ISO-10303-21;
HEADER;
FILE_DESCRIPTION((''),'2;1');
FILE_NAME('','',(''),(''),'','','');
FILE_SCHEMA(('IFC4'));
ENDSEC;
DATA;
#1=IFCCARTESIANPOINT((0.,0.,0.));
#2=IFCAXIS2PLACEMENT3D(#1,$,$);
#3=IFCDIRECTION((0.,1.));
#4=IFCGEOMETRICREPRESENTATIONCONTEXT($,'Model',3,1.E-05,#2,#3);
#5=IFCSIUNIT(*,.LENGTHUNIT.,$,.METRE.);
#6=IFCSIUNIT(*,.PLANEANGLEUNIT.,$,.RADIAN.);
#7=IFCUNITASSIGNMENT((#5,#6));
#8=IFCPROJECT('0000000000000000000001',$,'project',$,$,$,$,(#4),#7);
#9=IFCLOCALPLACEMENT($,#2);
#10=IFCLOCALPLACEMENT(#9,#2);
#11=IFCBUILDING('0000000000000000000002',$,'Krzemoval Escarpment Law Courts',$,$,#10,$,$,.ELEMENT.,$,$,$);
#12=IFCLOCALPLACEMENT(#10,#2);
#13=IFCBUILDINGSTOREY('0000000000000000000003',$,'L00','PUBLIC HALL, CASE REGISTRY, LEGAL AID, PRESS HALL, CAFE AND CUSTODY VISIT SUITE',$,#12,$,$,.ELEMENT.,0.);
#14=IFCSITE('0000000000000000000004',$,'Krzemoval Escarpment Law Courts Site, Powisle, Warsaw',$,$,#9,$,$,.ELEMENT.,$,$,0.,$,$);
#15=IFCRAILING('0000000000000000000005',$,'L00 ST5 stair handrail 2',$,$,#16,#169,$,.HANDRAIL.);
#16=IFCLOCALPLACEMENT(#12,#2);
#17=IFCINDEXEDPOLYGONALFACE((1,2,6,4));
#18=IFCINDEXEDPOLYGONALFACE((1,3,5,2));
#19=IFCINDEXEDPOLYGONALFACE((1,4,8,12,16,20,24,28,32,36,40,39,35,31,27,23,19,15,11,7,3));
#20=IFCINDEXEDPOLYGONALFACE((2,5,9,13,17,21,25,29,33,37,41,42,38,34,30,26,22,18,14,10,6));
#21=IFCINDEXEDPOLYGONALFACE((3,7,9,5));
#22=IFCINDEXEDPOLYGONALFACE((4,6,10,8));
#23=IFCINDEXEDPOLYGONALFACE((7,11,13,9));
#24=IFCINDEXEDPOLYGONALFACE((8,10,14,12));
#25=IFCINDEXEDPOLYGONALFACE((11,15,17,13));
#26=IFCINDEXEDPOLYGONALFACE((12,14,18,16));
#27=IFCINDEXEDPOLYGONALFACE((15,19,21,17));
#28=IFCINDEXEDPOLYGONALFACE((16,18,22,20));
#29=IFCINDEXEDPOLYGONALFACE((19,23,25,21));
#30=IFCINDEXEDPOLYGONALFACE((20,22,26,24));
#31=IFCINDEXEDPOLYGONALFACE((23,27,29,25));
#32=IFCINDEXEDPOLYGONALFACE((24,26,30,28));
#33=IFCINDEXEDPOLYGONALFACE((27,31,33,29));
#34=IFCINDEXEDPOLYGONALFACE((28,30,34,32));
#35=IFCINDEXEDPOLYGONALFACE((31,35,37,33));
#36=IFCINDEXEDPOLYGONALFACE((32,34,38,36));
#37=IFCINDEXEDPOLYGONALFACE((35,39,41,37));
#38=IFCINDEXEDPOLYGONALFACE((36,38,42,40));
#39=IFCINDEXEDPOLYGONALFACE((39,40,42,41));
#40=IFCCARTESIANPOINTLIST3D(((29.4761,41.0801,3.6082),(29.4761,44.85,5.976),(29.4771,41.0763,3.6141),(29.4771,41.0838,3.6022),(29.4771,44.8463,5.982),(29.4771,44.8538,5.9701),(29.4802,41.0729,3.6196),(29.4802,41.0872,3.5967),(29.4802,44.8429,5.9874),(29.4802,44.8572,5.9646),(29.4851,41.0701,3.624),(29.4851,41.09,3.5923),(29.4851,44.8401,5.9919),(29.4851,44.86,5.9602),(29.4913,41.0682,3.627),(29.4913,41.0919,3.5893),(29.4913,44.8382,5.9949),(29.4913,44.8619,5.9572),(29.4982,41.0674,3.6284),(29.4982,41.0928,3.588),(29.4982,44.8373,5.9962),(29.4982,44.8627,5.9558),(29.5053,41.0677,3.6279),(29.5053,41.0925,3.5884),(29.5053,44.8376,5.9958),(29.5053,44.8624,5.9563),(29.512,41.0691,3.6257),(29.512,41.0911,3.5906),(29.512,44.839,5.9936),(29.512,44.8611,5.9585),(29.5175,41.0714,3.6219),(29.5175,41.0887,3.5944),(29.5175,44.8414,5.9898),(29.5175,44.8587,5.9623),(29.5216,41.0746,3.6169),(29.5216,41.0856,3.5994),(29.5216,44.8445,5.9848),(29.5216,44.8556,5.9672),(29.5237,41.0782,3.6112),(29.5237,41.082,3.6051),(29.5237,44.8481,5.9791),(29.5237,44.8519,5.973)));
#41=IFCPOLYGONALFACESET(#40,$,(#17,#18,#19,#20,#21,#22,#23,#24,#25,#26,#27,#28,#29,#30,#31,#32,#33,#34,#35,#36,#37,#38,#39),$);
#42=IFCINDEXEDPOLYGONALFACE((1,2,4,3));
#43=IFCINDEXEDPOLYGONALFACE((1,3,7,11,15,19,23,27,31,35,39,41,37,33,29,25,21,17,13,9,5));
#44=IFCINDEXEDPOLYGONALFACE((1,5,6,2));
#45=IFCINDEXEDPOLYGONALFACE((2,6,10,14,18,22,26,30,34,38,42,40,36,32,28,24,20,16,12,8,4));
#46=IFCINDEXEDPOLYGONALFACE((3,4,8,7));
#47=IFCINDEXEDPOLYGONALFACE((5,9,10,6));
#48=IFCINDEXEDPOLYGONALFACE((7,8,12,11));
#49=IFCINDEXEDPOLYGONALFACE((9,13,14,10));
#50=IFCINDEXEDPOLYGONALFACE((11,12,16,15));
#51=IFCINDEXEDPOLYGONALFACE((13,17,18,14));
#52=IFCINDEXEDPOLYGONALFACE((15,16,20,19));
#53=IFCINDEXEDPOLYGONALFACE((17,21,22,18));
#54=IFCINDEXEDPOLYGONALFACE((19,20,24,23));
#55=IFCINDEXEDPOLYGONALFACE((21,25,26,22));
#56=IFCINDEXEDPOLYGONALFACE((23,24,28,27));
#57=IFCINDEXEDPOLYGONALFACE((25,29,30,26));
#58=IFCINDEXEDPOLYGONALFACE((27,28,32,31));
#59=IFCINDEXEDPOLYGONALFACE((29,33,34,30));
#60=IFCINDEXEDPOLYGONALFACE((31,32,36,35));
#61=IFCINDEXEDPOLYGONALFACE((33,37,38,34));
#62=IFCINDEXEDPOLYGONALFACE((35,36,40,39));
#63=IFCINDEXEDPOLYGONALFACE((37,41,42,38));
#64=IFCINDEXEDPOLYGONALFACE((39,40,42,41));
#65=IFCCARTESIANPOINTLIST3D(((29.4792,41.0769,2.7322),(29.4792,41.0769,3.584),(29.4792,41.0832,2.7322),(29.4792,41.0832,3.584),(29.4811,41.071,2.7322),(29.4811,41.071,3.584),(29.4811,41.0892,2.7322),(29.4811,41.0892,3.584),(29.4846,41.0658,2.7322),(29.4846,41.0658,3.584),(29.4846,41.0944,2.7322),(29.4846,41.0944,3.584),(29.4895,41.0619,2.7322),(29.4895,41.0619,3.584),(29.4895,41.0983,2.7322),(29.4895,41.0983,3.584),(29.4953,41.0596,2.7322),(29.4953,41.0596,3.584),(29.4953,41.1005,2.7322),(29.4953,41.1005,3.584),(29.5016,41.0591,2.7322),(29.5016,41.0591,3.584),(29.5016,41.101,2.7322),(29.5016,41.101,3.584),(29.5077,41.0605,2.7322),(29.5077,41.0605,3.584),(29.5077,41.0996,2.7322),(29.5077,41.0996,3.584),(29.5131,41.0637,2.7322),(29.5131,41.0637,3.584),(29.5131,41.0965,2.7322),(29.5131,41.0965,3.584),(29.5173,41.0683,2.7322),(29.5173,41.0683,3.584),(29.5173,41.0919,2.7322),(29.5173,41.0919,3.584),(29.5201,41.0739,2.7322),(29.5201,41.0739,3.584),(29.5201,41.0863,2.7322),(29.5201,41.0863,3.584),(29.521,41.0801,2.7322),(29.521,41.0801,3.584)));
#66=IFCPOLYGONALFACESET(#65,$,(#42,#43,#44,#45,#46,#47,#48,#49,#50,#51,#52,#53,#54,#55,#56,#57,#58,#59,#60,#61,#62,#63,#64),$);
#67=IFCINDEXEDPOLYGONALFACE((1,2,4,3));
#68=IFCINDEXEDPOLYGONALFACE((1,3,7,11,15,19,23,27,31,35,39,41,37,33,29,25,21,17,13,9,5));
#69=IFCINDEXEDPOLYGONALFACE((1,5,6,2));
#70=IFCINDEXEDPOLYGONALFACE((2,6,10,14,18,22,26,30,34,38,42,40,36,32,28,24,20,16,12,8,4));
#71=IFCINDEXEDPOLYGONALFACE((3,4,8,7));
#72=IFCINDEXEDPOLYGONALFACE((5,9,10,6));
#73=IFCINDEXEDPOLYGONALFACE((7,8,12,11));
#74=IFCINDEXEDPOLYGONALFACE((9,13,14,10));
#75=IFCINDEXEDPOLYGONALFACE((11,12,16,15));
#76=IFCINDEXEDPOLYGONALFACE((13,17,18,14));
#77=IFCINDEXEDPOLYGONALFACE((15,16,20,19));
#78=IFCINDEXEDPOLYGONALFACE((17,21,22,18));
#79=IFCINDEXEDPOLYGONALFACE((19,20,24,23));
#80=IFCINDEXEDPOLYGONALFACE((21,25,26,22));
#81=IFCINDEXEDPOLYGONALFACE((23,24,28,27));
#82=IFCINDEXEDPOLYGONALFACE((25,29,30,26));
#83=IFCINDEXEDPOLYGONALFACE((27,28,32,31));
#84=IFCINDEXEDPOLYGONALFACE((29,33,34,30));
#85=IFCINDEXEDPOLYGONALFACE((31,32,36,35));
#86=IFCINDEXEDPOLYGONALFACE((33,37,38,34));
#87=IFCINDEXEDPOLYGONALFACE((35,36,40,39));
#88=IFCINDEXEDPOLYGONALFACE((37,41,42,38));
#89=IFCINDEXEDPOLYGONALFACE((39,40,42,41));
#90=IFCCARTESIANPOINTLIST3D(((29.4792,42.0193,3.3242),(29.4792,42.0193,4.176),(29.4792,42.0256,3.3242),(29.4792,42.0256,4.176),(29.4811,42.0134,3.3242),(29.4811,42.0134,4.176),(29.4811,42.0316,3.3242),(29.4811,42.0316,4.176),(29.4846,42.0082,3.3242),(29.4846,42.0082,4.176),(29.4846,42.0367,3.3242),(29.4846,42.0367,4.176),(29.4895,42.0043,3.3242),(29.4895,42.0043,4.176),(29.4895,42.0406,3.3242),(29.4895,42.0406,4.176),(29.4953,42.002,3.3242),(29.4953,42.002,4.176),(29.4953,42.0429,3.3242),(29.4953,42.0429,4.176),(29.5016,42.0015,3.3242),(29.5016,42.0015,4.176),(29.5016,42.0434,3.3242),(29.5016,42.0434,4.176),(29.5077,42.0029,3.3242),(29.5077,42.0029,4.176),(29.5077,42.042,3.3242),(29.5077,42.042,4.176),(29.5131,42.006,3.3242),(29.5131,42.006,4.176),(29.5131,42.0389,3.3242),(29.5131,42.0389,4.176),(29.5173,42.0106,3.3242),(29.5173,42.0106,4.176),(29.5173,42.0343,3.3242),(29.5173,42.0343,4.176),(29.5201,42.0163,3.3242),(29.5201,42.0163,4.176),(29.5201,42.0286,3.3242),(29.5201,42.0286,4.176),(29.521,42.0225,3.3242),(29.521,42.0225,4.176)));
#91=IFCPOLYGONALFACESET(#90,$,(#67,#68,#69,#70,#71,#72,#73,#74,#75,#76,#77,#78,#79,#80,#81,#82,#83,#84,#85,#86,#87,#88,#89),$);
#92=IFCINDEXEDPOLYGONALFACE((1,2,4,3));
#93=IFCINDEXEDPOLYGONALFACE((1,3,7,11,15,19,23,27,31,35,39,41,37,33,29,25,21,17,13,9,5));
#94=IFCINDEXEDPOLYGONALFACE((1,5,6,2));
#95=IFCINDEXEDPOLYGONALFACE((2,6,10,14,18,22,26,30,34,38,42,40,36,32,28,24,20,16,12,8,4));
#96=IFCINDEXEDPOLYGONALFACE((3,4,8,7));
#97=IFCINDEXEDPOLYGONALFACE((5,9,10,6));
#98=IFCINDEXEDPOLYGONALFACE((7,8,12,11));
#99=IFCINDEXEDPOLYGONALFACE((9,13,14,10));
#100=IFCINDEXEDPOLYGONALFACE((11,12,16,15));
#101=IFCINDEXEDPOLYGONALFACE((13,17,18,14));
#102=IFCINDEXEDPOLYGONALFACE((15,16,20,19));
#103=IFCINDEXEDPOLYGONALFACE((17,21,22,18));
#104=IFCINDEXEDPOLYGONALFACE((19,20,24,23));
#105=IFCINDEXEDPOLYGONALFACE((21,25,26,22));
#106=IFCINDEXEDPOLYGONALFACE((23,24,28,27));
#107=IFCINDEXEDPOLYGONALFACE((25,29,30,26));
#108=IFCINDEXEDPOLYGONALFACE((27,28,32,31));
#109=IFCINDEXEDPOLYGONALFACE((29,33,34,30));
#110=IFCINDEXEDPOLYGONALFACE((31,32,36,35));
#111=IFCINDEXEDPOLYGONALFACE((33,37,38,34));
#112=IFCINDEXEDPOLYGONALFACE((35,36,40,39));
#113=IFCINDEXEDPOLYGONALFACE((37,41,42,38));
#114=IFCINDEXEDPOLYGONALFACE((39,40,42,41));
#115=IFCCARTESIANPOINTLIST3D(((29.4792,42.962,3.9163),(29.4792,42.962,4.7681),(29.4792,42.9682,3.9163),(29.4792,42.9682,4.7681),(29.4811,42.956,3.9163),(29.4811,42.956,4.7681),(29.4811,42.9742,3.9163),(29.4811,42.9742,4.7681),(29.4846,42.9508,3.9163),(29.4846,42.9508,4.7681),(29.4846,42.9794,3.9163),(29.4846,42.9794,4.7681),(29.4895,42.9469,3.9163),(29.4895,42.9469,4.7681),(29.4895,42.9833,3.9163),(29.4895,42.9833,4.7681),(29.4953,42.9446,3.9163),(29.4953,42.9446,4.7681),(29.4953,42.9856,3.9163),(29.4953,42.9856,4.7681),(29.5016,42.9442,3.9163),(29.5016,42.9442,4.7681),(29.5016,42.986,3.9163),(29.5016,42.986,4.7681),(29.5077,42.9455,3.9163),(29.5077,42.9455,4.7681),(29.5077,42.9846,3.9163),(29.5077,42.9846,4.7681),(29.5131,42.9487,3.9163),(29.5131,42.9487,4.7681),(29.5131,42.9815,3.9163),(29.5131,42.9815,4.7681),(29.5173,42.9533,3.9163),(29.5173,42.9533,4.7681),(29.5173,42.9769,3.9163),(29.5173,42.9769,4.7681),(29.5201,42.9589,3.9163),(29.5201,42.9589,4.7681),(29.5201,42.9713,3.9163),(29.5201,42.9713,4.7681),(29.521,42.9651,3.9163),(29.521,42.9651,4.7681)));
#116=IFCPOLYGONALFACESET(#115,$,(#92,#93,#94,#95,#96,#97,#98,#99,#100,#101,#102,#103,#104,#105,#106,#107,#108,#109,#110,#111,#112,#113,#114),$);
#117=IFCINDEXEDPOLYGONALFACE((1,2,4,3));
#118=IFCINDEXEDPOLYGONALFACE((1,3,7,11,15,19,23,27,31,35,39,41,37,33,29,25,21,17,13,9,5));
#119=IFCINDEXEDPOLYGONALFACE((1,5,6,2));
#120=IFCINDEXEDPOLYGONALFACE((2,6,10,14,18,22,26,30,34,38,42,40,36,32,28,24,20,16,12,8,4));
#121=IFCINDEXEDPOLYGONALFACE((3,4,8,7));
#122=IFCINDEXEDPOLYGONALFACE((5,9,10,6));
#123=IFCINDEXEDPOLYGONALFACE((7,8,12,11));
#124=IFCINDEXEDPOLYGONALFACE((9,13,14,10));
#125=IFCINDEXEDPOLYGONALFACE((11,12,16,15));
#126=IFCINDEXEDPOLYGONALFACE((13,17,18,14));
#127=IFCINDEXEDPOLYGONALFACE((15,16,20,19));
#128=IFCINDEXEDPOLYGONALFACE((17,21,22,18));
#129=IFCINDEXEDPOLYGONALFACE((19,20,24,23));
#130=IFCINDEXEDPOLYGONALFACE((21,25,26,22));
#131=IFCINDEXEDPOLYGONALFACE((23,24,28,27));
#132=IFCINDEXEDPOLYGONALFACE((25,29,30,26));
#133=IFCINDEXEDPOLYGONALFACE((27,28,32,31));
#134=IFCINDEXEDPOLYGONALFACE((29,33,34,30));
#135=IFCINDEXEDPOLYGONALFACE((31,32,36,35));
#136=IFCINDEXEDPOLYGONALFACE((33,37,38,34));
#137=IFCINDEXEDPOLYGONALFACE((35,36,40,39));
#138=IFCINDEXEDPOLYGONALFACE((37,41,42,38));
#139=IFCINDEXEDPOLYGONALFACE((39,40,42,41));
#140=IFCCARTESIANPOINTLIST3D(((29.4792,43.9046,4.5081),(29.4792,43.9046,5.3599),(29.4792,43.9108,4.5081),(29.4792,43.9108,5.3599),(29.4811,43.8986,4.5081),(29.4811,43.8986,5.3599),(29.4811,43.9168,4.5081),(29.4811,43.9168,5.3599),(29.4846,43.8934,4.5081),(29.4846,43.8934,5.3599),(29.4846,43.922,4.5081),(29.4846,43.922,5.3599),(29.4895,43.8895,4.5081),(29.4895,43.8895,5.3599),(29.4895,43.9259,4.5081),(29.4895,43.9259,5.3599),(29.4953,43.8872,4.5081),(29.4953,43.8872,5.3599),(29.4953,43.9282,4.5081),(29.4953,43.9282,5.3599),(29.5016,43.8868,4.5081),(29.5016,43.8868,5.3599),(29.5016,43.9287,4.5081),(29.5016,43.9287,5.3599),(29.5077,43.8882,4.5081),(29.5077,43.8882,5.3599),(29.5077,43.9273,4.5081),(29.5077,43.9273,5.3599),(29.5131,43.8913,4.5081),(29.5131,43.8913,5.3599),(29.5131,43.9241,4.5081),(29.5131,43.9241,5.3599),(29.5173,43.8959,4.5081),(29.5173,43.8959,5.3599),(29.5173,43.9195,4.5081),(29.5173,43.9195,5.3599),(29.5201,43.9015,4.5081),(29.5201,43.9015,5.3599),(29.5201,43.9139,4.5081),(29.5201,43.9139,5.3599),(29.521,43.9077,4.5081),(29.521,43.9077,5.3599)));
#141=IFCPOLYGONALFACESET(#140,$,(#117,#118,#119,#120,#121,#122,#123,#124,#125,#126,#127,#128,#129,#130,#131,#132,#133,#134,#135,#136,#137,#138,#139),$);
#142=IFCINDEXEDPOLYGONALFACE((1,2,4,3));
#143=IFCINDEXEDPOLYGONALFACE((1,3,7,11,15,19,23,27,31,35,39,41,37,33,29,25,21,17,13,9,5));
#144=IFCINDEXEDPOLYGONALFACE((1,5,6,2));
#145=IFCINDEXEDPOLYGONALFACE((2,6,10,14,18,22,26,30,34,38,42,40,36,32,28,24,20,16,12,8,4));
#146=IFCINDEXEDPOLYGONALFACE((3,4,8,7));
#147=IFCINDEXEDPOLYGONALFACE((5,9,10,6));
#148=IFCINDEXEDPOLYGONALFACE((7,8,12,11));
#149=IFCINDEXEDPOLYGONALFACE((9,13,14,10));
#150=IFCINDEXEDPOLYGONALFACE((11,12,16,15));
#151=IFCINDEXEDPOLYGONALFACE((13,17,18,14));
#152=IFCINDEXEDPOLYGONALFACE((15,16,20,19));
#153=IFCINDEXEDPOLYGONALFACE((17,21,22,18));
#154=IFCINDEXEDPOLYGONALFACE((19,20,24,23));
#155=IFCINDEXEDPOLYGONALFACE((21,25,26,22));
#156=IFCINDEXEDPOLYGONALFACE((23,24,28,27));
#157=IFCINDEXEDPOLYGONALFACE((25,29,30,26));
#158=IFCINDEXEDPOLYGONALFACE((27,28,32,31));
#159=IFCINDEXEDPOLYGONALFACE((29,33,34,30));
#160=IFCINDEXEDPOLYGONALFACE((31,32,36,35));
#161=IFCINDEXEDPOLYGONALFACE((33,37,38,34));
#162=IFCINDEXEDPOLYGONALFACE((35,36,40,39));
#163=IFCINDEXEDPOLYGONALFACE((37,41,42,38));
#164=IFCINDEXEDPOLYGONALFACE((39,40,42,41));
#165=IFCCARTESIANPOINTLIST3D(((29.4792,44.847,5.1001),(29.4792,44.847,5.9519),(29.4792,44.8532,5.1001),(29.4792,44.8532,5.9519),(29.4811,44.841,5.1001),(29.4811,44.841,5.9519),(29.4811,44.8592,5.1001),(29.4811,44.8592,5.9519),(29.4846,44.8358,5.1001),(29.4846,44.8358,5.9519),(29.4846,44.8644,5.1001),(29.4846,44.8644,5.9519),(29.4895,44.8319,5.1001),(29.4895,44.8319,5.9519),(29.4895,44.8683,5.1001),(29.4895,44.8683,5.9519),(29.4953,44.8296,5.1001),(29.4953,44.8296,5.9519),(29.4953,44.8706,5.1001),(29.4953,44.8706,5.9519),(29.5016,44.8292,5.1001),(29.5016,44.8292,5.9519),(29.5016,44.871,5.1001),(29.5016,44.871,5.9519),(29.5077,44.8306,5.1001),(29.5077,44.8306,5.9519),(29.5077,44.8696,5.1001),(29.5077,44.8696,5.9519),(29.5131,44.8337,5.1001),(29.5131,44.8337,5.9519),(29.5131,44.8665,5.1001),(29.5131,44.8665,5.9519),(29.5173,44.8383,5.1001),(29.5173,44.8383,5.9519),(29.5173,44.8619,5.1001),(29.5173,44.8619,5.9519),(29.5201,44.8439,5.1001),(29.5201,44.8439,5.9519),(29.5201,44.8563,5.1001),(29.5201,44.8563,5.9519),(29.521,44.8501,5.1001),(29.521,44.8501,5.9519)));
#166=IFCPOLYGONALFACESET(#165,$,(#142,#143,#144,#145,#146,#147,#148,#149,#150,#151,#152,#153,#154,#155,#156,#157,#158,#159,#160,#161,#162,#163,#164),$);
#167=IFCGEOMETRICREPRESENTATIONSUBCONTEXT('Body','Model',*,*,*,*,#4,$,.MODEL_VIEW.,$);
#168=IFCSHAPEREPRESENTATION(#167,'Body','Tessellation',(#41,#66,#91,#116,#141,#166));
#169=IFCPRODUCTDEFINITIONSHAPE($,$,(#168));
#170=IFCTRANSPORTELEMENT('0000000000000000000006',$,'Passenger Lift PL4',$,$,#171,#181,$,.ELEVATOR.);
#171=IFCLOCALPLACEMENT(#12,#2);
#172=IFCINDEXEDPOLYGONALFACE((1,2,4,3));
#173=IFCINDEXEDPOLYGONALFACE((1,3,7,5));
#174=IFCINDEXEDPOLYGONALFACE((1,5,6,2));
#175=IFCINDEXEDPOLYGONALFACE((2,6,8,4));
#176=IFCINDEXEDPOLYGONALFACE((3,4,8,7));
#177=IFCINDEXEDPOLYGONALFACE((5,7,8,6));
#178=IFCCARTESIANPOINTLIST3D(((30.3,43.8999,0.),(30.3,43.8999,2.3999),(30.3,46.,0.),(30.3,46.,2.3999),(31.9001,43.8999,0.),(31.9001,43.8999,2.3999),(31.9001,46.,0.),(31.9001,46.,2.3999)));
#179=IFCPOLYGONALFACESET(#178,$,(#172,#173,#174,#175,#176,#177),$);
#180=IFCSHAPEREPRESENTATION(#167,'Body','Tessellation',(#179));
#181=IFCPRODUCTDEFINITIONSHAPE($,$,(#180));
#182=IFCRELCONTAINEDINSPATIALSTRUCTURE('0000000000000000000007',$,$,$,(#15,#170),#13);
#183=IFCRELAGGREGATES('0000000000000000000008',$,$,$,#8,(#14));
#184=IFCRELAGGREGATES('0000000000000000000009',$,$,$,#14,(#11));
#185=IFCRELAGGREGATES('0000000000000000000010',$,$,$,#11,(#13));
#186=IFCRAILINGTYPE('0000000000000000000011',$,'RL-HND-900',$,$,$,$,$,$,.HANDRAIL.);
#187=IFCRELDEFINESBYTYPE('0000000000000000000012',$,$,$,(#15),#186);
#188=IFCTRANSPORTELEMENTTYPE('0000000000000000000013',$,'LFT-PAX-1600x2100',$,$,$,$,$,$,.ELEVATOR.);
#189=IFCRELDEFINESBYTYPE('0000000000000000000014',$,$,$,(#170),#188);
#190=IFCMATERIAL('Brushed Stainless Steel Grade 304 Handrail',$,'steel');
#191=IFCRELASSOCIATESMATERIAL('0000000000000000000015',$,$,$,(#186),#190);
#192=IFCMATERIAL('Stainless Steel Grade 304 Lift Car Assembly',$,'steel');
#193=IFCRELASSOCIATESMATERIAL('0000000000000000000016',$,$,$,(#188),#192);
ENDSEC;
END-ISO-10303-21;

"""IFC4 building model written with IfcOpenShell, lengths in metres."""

from ifc_helpers import new_model, si_unit, direction, frame, origin, origin_2d, place, context, subcontext, project, spatial, rectangle, circle, extrude, material, type_object, element, save


model = new_model("IFC4")

# Units and contexts
model_context = context("Model", 3, precision=1e-05, world=origin(), true_north=direction((0.0, 1.0)))
body_context = subcontext(model_context, "Body", "Model", "MODEL_VIEW")
ifc_project = project(units=[si_unit("LENGTHUNIT", "METRE"), si_unit("PLANEANGLEUNIT", "RADIAN")], contexts=[model_context])

# Site, building, storey
site_placement = place(None, origin())
site = spatial("IfcSite", under=ifc_project, at=site_placement, Name="Krzemoval Escarpment Law Courts Site, Powisle, Warsaw", CompositionType="ELEMENT", RefElevation=0.0)
building_placement = place(site_placement, origin())
building = spatial("IfcBuilding", under=site, at=building_placement, Name="Krzemoval Escarpment Law Courts", CompositionType="ELEMENT")
storey_placement = place(building_placement, origin())
storey = spatial("IfcBuildingStorey", under=building, at=storey_placement, Name="L00", Description="PUBLIC HALL, CASE REGISTRY, LEGAL AID, PRESS HALL, CAFE AND CUSTODY VISIT SUITE", CompositionType="ELEMENT", Elevation=0.0)

# Railing
ifc_material_1 = material(Name="Brushed Stainless Steel Grade 304 Handrail", Category="steel")
railing_type_1 = type_object("IfcRailingType", Name="RL-HND-900", PredefinedType="HANDRAIL", material=ifc_material_1)
railing_1_placement = place(storey_placement, frame((29.5, 41.0801, 2.7322)))
element("IfcRailing", 1, at=railing_1_placement, inside=storey, type_object=railing_type_1, Name="L00 ST5 stair handrail 2", PredefinedType="HANDRAIL", context=body_context, shape_type="SweptSolid", body=[
    extrude(circle(Radius=0.0239, at=origin_2d()), frame((0.0, 0.0, 0.876), z_axis=(0.0, 0.846819, 0.531881), x_axis=(-1.0, 0.0, 0.0)), (0.0, 0.0, 1.0), 4.4519),
    extrude(circle(Radius=0.021, at=origin_2d()), origin(), (0.0, 0.0, 1.0), 0.8518),
    extrude(circle(Radius=0.021, at=origin_2d()), frame((0.0, 0.9424, 0.592)), (0.0, 0.0, 1.0), 0.8518),
    extrude(circle(Radius=0.021, at=origin_2d()), frame((0.0, 1.885, 1.1841)), (0.0, 0.0, 1.0), 0.8518),
    extrude(circle(Radius=0.021, at=origin_2d()), frame((0.0, 2.8276, 1.7759)), (0.0, 0.0, 1.0), 0.8518),
    extrude(circle(Radius=0.021, at=origin_2d()), frame((0.0, 3.77, 2.3679)), (0.0, 0.0, 1.0), 0.8518),
])

# Transport element
ifc_material_2 = material(Name="Stainless Steel Grade 304 Lift Car Assembly", Category="steel")
transport_element_type = type_object("IfcTransportElementType", Name="LFT-PAX-1600x2100", PredefinedType="ELEVATOR", material=ifc_material_2)
transport_element_placement = place(storey_placement, frame((31.1001, 44.95, 0.0), z_axis=(0.0, 0.0, 1.0), x_axis=(1.0, 0.0, 0.0)))
element("IfcTransportElement", 2, at=transport_element_placement, inside=storey, type_object=transport_element_type, Name="Passenger Lift PL4", PredefinedType="ELEVATOR", context=body_context, shape_type="SweptSolid", body=[
    extrude(rectangle(XDim=1.6001, YDim=2.1001, at=origin_2d()), origin(), (0.0, 0.0, 1.0), 2.3999),
])

save(model, "model.ifc")
